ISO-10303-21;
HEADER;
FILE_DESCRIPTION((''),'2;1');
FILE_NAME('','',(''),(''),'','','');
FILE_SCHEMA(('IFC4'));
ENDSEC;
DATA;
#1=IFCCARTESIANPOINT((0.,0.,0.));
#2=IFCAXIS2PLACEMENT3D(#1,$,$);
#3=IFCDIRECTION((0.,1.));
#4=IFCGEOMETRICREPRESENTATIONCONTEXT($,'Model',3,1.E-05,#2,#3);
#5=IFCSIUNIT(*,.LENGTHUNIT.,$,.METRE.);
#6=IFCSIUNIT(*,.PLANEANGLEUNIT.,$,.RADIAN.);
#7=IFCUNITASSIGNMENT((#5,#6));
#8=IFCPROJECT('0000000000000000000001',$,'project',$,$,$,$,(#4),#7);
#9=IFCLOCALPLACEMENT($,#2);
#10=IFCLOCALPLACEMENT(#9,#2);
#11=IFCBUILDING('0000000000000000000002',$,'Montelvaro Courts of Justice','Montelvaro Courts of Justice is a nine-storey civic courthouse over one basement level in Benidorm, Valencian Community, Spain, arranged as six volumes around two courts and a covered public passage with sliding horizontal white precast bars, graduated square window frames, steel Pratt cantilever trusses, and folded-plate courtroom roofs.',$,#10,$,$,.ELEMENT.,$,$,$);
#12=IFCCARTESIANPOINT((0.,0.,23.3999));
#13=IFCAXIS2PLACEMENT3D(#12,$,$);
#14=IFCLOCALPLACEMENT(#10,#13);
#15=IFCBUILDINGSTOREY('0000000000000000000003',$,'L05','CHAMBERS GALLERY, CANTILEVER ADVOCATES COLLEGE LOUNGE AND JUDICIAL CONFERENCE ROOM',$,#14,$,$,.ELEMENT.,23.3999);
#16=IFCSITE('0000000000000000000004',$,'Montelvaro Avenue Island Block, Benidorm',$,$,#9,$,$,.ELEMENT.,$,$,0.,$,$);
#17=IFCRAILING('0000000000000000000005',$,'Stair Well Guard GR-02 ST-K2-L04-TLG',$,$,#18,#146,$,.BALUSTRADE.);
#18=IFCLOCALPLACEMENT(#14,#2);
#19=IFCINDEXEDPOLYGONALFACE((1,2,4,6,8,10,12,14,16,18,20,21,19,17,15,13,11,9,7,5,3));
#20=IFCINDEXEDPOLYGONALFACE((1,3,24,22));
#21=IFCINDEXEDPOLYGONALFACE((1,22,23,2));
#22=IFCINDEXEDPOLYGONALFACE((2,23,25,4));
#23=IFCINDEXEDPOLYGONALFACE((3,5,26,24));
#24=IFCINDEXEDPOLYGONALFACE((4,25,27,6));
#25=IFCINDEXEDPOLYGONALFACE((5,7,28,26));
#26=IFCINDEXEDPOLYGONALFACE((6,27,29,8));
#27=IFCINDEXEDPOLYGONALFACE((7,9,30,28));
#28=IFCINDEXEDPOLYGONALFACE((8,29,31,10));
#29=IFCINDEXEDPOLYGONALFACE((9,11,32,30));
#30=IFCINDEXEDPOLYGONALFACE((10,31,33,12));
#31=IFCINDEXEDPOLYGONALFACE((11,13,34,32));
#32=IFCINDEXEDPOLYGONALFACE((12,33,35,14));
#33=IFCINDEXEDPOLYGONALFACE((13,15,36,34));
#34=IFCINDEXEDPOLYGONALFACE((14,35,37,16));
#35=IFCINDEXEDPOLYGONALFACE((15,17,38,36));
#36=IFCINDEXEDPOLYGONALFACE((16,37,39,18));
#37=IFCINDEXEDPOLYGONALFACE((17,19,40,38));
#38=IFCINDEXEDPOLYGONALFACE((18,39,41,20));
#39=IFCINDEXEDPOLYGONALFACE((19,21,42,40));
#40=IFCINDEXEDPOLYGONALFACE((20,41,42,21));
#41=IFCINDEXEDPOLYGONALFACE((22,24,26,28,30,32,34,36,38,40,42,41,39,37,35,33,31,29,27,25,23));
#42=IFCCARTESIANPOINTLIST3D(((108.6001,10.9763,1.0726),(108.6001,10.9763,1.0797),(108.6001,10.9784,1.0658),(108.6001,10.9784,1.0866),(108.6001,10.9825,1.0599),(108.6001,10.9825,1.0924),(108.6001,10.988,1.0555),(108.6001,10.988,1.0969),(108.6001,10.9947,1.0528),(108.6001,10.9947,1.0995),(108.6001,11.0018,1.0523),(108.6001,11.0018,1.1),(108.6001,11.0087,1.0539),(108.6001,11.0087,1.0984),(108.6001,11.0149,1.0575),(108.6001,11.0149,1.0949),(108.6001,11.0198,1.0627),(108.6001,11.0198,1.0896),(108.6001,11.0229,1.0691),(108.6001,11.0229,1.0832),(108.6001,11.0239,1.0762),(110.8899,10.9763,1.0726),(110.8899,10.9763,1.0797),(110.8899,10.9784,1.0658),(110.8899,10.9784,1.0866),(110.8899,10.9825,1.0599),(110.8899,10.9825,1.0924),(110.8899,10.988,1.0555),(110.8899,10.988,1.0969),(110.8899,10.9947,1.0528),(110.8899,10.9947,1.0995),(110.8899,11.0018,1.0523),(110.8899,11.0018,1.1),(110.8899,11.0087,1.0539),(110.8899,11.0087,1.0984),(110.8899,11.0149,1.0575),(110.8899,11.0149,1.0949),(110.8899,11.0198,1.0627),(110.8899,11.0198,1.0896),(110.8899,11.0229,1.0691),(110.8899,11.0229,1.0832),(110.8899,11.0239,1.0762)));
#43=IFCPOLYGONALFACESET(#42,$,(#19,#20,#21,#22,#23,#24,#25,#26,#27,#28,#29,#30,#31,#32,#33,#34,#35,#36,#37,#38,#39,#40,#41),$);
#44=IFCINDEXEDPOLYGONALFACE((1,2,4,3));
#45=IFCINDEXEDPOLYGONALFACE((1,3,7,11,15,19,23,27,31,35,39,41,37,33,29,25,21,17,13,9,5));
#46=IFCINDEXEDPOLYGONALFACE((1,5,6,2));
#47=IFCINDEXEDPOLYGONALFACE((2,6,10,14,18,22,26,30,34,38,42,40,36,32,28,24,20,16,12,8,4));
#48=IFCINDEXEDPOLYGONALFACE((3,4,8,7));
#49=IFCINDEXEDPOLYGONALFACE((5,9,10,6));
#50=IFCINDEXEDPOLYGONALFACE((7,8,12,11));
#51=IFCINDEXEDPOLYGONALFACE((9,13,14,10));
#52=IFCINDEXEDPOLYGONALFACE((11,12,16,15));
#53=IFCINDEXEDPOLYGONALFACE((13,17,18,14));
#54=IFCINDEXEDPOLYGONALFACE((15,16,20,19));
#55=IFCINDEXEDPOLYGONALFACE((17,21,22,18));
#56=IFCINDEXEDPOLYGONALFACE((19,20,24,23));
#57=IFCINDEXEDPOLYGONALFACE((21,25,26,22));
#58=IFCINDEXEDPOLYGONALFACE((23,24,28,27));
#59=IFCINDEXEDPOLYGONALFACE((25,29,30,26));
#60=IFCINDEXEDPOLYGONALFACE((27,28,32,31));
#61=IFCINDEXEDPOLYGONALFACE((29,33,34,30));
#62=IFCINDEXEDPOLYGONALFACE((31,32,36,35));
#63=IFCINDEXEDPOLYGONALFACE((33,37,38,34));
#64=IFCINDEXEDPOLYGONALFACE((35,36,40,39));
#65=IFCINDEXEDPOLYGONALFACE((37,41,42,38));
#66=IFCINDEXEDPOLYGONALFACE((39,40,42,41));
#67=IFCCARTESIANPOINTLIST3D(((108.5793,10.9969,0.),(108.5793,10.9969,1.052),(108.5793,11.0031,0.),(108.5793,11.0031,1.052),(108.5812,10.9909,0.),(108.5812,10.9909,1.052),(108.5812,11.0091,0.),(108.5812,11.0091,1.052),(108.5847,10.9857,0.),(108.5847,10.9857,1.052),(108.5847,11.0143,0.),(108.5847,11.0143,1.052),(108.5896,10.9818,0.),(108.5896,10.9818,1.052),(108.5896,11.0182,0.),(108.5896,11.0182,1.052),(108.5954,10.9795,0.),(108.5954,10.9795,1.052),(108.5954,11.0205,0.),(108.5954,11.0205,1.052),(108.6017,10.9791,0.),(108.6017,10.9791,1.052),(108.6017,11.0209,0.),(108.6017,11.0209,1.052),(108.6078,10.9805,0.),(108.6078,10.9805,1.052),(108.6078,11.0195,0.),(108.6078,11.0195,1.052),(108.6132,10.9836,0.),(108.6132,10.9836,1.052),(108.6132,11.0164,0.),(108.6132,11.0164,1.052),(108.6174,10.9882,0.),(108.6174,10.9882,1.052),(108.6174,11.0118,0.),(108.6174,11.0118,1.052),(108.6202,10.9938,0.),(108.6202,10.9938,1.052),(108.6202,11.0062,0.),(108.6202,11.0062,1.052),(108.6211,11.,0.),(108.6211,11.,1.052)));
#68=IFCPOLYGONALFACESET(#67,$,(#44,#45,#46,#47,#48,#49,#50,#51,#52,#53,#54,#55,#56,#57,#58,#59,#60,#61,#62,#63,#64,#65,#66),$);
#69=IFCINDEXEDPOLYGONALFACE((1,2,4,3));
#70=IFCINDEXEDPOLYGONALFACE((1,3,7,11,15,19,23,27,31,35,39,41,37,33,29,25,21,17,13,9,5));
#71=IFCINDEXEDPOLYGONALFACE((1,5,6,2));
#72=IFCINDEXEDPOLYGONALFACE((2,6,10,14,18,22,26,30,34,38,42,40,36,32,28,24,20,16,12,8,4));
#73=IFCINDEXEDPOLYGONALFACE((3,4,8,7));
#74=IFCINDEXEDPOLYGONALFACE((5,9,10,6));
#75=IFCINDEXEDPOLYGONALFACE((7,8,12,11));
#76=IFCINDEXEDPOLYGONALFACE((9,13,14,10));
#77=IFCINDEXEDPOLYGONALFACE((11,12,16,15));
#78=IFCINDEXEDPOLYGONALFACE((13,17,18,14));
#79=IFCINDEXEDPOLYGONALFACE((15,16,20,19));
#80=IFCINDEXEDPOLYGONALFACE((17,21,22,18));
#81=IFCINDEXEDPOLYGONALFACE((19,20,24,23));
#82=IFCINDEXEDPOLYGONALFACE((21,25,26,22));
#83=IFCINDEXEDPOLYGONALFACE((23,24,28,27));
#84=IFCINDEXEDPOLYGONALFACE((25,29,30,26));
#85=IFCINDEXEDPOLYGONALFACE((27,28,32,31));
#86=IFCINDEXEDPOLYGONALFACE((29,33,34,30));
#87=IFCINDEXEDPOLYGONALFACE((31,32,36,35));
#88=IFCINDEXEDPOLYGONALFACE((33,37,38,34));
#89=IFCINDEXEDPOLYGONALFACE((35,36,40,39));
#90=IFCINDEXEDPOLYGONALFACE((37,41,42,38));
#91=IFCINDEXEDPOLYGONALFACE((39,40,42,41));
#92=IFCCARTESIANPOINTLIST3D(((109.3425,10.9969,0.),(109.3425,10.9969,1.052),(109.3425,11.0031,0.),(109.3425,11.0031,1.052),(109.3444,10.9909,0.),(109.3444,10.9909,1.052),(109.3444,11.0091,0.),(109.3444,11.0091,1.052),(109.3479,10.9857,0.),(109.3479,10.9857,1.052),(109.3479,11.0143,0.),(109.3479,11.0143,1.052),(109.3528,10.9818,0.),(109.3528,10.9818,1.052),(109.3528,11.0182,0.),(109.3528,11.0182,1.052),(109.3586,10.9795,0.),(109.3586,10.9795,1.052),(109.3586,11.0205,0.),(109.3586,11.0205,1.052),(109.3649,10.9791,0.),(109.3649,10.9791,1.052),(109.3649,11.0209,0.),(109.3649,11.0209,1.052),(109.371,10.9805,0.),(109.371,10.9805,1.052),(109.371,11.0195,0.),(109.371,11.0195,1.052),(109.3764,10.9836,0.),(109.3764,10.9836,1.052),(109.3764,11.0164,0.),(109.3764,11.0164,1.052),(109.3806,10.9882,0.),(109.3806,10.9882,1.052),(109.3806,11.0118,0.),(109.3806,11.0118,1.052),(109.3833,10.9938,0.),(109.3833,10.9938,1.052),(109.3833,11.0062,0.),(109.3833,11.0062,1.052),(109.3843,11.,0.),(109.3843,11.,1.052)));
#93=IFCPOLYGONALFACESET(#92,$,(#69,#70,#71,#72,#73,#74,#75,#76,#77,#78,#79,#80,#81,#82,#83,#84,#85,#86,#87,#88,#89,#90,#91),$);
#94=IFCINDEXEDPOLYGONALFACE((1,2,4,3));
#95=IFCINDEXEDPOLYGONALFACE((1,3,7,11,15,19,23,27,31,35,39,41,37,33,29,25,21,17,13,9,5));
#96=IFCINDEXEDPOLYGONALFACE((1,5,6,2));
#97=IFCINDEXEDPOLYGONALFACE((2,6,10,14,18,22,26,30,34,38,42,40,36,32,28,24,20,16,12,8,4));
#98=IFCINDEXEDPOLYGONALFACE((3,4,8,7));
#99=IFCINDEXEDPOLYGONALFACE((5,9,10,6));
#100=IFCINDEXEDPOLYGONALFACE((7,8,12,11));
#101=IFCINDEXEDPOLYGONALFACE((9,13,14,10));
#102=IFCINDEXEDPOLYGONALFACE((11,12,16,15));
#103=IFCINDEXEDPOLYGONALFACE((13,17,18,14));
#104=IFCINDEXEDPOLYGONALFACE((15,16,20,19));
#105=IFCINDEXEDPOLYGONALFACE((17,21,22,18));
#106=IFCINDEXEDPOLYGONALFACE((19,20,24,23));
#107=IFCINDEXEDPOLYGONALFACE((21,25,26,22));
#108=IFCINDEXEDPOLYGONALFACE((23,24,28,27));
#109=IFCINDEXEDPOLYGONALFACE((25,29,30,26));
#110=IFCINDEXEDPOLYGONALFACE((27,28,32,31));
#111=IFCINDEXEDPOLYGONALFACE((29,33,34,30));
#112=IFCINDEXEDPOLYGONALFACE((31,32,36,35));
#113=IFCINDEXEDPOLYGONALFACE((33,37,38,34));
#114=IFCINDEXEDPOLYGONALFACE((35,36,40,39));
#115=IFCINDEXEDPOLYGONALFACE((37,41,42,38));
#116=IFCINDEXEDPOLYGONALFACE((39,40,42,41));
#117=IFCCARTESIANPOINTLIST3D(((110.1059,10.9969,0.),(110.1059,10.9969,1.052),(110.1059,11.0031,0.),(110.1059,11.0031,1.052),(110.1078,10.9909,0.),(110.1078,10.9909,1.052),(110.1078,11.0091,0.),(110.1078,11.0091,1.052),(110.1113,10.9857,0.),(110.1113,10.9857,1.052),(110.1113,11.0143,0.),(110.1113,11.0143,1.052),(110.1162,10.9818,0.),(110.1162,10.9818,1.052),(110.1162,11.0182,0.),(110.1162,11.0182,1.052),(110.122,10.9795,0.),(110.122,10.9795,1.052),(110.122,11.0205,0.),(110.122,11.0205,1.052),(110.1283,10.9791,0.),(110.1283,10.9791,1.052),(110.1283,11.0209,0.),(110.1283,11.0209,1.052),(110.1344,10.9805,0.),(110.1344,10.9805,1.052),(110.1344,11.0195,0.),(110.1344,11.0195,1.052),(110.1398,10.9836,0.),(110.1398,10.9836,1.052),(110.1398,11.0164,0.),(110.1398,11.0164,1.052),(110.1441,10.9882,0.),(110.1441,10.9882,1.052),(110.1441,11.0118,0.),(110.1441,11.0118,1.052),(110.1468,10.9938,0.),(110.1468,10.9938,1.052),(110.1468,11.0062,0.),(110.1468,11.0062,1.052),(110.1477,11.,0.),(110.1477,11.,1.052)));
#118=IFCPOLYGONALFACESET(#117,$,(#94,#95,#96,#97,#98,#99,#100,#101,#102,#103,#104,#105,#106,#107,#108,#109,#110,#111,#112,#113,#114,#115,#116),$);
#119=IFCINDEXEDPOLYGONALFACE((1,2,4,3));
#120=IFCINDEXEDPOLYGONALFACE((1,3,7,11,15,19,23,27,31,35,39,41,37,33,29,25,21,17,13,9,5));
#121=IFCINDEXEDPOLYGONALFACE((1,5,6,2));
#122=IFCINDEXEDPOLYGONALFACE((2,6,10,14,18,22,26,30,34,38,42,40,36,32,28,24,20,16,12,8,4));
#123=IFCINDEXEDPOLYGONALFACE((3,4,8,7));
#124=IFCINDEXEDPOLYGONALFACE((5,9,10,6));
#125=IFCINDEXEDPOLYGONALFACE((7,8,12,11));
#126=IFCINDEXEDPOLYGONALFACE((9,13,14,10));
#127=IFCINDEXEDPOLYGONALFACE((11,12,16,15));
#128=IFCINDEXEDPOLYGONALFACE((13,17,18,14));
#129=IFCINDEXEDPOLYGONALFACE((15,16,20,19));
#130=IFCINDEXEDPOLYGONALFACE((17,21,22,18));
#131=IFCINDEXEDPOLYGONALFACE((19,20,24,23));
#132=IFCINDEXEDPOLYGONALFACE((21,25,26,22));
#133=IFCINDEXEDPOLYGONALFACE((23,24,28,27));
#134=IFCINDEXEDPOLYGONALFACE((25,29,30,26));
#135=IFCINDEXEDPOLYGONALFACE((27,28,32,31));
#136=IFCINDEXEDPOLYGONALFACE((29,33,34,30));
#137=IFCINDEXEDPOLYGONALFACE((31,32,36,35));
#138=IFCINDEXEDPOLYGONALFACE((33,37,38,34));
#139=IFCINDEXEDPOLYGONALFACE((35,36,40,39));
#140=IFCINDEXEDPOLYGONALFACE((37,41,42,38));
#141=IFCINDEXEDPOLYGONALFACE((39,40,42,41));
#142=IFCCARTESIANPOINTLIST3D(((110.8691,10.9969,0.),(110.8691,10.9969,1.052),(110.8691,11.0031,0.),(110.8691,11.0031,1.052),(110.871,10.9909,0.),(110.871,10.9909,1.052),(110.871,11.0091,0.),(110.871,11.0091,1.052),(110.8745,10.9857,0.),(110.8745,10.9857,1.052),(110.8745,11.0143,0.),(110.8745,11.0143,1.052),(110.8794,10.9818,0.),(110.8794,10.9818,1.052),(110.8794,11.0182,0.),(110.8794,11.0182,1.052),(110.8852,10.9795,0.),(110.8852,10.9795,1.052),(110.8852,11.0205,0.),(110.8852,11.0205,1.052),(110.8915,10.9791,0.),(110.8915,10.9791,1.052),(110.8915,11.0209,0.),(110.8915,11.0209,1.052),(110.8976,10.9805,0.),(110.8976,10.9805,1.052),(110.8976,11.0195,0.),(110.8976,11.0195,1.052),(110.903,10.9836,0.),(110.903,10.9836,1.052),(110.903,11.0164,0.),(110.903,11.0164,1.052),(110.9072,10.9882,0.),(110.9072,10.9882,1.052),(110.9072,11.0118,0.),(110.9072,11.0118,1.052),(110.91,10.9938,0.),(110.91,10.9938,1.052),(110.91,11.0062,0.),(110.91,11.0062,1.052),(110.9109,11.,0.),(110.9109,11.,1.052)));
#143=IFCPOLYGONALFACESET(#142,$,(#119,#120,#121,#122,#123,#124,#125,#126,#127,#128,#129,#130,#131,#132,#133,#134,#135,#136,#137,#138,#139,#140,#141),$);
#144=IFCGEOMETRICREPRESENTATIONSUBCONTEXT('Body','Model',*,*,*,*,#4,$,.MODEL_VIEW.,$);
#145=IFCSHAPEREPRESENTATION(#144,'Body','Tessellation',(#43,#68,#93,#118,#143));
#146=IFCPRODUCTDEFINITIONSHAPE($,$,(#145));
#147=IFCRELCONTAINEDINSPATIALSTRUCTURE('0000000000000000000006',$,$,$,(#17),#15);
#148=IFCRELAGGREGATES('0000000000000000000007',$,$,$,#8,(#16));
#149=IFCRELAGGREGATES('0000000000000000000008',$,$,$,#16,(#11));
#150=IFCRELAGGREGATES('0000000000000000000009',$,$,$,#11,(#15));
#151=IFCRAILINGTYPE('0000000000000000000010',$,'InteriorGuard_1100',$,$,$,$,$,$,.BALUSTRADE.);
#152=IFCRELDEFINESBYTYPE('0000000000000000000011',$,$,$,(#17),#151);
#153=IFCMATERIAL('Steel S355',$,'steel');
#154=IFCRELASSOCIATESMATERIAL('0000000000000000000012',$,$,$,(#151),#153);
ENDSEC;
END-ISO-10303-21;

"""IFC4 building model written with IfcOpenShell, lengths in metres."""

from ifc_helpers import new_model, si_unit, direction, frame, origin, origin_2d, place, context, subcontext, project, spatial, circle, extrude, material, type_object, element, save


model = new_model("IFC4")

# Units and contexts
model_context = context("Model", 3, precision=1e-05, world=origin(), true_north=direction((0.0, 1.0)))
body_context = subcontext(model_context, "Body", "Model", "MODEL_VIEW")
ifc_project = project(units=[si_unit("LENGTHUNIT", "METRE"), si_unit("PLANEANGLEUNIT", "RADIAN")], contexts=[model_context])

# Site, building, storey
site_placement = place(None, origin())
site = spatial("IfcSite", under=ifc_project, at=site_placement, Name="Montelvaro Avenue Island Block, Benidorm", CompositionType="ELEMENT", RefElevation=0.0)
building_placement = place(site_placement, origin())
building = spatial("IfcBuilding", under=site, at=building_placement, Name="Montelvaro Courts of Justice", Description="Montelvaro Courts of Justice is a nine-storey civic courthouse over one basement level in Benidorm, Valencian Community, Spain, arranged as six volumes around two courts and a covered public passage with sliding horizontal white precast bars, graduated square window frames, steel Pratt cantilever trusses, and folded-plate courtroom roofs.", CompositionType="ELEMENT")
storey_placement = place(building_placement, frame((0.0, 0.0, 23.3999)))
storey = spatial("IfcBuildingStorey", under=building, at=storey_placement, Name="L05", Description="CHAMBERS GALLERY, CANTILEVER ADVOCATES COLLEGE LOUNGE AND JUDICIAL CONFERENCE ROOM", CompositionType="ELEMENT", Elevation=23.3999)

# Railing
ifc_material_1 = material(Name="Steel S355", Category="steel")
railing_type_1 = type_object("IfcRailingType", Name="InteriorGuard_1100", PredefinedType="BALUSTRADE", material=ifc_material_1)
railing_1_placement = place(storey_placement, frame((108.6001, 11.0, 0.0)))
element("IfcRailing", 1, at=railing_1_placement, inside=storey, type_object=railing_type_1, Name="Stair Well Guard GR-02 ST-K2-L04-TLG", PredefinedType="BALUSTRADE", context=body_context, shape_type="SweptSolid", body=[
    extrude(circle(Radius=0.0239, at=origin_2d()), frame((0.0, 0.0, 1.0762), z_axis=(1.0, 0.0, 0.0), x_axis=(0.0, 1.0, 0.0)), (0.0, 0.0, 1.0), 2.2898),
    extrude(circle(Radius=0.021, at=origin_2d()), origin(), (0.0, 0.0, 1.0), 1.052),
    extrude(circle(Radius=0.021, at=origin_2d()), frame((0.7632, 0.0, 0.0)), (0.0, 0.0, 1.0), 1.052),
    extrude(circle(Radius=0.021, at=origin_2d()), frame((1.5266, 0.0, 0.0)), (0.0, 0.0, 1.0), 1.052),
    extrude(circle(Radius=0.021, at=origin_2d()), frame((2.2898, 0.0, 0.0)), (0.0, 0.0, 1.0), 1.052),
])

save(model, "model.ifc")
